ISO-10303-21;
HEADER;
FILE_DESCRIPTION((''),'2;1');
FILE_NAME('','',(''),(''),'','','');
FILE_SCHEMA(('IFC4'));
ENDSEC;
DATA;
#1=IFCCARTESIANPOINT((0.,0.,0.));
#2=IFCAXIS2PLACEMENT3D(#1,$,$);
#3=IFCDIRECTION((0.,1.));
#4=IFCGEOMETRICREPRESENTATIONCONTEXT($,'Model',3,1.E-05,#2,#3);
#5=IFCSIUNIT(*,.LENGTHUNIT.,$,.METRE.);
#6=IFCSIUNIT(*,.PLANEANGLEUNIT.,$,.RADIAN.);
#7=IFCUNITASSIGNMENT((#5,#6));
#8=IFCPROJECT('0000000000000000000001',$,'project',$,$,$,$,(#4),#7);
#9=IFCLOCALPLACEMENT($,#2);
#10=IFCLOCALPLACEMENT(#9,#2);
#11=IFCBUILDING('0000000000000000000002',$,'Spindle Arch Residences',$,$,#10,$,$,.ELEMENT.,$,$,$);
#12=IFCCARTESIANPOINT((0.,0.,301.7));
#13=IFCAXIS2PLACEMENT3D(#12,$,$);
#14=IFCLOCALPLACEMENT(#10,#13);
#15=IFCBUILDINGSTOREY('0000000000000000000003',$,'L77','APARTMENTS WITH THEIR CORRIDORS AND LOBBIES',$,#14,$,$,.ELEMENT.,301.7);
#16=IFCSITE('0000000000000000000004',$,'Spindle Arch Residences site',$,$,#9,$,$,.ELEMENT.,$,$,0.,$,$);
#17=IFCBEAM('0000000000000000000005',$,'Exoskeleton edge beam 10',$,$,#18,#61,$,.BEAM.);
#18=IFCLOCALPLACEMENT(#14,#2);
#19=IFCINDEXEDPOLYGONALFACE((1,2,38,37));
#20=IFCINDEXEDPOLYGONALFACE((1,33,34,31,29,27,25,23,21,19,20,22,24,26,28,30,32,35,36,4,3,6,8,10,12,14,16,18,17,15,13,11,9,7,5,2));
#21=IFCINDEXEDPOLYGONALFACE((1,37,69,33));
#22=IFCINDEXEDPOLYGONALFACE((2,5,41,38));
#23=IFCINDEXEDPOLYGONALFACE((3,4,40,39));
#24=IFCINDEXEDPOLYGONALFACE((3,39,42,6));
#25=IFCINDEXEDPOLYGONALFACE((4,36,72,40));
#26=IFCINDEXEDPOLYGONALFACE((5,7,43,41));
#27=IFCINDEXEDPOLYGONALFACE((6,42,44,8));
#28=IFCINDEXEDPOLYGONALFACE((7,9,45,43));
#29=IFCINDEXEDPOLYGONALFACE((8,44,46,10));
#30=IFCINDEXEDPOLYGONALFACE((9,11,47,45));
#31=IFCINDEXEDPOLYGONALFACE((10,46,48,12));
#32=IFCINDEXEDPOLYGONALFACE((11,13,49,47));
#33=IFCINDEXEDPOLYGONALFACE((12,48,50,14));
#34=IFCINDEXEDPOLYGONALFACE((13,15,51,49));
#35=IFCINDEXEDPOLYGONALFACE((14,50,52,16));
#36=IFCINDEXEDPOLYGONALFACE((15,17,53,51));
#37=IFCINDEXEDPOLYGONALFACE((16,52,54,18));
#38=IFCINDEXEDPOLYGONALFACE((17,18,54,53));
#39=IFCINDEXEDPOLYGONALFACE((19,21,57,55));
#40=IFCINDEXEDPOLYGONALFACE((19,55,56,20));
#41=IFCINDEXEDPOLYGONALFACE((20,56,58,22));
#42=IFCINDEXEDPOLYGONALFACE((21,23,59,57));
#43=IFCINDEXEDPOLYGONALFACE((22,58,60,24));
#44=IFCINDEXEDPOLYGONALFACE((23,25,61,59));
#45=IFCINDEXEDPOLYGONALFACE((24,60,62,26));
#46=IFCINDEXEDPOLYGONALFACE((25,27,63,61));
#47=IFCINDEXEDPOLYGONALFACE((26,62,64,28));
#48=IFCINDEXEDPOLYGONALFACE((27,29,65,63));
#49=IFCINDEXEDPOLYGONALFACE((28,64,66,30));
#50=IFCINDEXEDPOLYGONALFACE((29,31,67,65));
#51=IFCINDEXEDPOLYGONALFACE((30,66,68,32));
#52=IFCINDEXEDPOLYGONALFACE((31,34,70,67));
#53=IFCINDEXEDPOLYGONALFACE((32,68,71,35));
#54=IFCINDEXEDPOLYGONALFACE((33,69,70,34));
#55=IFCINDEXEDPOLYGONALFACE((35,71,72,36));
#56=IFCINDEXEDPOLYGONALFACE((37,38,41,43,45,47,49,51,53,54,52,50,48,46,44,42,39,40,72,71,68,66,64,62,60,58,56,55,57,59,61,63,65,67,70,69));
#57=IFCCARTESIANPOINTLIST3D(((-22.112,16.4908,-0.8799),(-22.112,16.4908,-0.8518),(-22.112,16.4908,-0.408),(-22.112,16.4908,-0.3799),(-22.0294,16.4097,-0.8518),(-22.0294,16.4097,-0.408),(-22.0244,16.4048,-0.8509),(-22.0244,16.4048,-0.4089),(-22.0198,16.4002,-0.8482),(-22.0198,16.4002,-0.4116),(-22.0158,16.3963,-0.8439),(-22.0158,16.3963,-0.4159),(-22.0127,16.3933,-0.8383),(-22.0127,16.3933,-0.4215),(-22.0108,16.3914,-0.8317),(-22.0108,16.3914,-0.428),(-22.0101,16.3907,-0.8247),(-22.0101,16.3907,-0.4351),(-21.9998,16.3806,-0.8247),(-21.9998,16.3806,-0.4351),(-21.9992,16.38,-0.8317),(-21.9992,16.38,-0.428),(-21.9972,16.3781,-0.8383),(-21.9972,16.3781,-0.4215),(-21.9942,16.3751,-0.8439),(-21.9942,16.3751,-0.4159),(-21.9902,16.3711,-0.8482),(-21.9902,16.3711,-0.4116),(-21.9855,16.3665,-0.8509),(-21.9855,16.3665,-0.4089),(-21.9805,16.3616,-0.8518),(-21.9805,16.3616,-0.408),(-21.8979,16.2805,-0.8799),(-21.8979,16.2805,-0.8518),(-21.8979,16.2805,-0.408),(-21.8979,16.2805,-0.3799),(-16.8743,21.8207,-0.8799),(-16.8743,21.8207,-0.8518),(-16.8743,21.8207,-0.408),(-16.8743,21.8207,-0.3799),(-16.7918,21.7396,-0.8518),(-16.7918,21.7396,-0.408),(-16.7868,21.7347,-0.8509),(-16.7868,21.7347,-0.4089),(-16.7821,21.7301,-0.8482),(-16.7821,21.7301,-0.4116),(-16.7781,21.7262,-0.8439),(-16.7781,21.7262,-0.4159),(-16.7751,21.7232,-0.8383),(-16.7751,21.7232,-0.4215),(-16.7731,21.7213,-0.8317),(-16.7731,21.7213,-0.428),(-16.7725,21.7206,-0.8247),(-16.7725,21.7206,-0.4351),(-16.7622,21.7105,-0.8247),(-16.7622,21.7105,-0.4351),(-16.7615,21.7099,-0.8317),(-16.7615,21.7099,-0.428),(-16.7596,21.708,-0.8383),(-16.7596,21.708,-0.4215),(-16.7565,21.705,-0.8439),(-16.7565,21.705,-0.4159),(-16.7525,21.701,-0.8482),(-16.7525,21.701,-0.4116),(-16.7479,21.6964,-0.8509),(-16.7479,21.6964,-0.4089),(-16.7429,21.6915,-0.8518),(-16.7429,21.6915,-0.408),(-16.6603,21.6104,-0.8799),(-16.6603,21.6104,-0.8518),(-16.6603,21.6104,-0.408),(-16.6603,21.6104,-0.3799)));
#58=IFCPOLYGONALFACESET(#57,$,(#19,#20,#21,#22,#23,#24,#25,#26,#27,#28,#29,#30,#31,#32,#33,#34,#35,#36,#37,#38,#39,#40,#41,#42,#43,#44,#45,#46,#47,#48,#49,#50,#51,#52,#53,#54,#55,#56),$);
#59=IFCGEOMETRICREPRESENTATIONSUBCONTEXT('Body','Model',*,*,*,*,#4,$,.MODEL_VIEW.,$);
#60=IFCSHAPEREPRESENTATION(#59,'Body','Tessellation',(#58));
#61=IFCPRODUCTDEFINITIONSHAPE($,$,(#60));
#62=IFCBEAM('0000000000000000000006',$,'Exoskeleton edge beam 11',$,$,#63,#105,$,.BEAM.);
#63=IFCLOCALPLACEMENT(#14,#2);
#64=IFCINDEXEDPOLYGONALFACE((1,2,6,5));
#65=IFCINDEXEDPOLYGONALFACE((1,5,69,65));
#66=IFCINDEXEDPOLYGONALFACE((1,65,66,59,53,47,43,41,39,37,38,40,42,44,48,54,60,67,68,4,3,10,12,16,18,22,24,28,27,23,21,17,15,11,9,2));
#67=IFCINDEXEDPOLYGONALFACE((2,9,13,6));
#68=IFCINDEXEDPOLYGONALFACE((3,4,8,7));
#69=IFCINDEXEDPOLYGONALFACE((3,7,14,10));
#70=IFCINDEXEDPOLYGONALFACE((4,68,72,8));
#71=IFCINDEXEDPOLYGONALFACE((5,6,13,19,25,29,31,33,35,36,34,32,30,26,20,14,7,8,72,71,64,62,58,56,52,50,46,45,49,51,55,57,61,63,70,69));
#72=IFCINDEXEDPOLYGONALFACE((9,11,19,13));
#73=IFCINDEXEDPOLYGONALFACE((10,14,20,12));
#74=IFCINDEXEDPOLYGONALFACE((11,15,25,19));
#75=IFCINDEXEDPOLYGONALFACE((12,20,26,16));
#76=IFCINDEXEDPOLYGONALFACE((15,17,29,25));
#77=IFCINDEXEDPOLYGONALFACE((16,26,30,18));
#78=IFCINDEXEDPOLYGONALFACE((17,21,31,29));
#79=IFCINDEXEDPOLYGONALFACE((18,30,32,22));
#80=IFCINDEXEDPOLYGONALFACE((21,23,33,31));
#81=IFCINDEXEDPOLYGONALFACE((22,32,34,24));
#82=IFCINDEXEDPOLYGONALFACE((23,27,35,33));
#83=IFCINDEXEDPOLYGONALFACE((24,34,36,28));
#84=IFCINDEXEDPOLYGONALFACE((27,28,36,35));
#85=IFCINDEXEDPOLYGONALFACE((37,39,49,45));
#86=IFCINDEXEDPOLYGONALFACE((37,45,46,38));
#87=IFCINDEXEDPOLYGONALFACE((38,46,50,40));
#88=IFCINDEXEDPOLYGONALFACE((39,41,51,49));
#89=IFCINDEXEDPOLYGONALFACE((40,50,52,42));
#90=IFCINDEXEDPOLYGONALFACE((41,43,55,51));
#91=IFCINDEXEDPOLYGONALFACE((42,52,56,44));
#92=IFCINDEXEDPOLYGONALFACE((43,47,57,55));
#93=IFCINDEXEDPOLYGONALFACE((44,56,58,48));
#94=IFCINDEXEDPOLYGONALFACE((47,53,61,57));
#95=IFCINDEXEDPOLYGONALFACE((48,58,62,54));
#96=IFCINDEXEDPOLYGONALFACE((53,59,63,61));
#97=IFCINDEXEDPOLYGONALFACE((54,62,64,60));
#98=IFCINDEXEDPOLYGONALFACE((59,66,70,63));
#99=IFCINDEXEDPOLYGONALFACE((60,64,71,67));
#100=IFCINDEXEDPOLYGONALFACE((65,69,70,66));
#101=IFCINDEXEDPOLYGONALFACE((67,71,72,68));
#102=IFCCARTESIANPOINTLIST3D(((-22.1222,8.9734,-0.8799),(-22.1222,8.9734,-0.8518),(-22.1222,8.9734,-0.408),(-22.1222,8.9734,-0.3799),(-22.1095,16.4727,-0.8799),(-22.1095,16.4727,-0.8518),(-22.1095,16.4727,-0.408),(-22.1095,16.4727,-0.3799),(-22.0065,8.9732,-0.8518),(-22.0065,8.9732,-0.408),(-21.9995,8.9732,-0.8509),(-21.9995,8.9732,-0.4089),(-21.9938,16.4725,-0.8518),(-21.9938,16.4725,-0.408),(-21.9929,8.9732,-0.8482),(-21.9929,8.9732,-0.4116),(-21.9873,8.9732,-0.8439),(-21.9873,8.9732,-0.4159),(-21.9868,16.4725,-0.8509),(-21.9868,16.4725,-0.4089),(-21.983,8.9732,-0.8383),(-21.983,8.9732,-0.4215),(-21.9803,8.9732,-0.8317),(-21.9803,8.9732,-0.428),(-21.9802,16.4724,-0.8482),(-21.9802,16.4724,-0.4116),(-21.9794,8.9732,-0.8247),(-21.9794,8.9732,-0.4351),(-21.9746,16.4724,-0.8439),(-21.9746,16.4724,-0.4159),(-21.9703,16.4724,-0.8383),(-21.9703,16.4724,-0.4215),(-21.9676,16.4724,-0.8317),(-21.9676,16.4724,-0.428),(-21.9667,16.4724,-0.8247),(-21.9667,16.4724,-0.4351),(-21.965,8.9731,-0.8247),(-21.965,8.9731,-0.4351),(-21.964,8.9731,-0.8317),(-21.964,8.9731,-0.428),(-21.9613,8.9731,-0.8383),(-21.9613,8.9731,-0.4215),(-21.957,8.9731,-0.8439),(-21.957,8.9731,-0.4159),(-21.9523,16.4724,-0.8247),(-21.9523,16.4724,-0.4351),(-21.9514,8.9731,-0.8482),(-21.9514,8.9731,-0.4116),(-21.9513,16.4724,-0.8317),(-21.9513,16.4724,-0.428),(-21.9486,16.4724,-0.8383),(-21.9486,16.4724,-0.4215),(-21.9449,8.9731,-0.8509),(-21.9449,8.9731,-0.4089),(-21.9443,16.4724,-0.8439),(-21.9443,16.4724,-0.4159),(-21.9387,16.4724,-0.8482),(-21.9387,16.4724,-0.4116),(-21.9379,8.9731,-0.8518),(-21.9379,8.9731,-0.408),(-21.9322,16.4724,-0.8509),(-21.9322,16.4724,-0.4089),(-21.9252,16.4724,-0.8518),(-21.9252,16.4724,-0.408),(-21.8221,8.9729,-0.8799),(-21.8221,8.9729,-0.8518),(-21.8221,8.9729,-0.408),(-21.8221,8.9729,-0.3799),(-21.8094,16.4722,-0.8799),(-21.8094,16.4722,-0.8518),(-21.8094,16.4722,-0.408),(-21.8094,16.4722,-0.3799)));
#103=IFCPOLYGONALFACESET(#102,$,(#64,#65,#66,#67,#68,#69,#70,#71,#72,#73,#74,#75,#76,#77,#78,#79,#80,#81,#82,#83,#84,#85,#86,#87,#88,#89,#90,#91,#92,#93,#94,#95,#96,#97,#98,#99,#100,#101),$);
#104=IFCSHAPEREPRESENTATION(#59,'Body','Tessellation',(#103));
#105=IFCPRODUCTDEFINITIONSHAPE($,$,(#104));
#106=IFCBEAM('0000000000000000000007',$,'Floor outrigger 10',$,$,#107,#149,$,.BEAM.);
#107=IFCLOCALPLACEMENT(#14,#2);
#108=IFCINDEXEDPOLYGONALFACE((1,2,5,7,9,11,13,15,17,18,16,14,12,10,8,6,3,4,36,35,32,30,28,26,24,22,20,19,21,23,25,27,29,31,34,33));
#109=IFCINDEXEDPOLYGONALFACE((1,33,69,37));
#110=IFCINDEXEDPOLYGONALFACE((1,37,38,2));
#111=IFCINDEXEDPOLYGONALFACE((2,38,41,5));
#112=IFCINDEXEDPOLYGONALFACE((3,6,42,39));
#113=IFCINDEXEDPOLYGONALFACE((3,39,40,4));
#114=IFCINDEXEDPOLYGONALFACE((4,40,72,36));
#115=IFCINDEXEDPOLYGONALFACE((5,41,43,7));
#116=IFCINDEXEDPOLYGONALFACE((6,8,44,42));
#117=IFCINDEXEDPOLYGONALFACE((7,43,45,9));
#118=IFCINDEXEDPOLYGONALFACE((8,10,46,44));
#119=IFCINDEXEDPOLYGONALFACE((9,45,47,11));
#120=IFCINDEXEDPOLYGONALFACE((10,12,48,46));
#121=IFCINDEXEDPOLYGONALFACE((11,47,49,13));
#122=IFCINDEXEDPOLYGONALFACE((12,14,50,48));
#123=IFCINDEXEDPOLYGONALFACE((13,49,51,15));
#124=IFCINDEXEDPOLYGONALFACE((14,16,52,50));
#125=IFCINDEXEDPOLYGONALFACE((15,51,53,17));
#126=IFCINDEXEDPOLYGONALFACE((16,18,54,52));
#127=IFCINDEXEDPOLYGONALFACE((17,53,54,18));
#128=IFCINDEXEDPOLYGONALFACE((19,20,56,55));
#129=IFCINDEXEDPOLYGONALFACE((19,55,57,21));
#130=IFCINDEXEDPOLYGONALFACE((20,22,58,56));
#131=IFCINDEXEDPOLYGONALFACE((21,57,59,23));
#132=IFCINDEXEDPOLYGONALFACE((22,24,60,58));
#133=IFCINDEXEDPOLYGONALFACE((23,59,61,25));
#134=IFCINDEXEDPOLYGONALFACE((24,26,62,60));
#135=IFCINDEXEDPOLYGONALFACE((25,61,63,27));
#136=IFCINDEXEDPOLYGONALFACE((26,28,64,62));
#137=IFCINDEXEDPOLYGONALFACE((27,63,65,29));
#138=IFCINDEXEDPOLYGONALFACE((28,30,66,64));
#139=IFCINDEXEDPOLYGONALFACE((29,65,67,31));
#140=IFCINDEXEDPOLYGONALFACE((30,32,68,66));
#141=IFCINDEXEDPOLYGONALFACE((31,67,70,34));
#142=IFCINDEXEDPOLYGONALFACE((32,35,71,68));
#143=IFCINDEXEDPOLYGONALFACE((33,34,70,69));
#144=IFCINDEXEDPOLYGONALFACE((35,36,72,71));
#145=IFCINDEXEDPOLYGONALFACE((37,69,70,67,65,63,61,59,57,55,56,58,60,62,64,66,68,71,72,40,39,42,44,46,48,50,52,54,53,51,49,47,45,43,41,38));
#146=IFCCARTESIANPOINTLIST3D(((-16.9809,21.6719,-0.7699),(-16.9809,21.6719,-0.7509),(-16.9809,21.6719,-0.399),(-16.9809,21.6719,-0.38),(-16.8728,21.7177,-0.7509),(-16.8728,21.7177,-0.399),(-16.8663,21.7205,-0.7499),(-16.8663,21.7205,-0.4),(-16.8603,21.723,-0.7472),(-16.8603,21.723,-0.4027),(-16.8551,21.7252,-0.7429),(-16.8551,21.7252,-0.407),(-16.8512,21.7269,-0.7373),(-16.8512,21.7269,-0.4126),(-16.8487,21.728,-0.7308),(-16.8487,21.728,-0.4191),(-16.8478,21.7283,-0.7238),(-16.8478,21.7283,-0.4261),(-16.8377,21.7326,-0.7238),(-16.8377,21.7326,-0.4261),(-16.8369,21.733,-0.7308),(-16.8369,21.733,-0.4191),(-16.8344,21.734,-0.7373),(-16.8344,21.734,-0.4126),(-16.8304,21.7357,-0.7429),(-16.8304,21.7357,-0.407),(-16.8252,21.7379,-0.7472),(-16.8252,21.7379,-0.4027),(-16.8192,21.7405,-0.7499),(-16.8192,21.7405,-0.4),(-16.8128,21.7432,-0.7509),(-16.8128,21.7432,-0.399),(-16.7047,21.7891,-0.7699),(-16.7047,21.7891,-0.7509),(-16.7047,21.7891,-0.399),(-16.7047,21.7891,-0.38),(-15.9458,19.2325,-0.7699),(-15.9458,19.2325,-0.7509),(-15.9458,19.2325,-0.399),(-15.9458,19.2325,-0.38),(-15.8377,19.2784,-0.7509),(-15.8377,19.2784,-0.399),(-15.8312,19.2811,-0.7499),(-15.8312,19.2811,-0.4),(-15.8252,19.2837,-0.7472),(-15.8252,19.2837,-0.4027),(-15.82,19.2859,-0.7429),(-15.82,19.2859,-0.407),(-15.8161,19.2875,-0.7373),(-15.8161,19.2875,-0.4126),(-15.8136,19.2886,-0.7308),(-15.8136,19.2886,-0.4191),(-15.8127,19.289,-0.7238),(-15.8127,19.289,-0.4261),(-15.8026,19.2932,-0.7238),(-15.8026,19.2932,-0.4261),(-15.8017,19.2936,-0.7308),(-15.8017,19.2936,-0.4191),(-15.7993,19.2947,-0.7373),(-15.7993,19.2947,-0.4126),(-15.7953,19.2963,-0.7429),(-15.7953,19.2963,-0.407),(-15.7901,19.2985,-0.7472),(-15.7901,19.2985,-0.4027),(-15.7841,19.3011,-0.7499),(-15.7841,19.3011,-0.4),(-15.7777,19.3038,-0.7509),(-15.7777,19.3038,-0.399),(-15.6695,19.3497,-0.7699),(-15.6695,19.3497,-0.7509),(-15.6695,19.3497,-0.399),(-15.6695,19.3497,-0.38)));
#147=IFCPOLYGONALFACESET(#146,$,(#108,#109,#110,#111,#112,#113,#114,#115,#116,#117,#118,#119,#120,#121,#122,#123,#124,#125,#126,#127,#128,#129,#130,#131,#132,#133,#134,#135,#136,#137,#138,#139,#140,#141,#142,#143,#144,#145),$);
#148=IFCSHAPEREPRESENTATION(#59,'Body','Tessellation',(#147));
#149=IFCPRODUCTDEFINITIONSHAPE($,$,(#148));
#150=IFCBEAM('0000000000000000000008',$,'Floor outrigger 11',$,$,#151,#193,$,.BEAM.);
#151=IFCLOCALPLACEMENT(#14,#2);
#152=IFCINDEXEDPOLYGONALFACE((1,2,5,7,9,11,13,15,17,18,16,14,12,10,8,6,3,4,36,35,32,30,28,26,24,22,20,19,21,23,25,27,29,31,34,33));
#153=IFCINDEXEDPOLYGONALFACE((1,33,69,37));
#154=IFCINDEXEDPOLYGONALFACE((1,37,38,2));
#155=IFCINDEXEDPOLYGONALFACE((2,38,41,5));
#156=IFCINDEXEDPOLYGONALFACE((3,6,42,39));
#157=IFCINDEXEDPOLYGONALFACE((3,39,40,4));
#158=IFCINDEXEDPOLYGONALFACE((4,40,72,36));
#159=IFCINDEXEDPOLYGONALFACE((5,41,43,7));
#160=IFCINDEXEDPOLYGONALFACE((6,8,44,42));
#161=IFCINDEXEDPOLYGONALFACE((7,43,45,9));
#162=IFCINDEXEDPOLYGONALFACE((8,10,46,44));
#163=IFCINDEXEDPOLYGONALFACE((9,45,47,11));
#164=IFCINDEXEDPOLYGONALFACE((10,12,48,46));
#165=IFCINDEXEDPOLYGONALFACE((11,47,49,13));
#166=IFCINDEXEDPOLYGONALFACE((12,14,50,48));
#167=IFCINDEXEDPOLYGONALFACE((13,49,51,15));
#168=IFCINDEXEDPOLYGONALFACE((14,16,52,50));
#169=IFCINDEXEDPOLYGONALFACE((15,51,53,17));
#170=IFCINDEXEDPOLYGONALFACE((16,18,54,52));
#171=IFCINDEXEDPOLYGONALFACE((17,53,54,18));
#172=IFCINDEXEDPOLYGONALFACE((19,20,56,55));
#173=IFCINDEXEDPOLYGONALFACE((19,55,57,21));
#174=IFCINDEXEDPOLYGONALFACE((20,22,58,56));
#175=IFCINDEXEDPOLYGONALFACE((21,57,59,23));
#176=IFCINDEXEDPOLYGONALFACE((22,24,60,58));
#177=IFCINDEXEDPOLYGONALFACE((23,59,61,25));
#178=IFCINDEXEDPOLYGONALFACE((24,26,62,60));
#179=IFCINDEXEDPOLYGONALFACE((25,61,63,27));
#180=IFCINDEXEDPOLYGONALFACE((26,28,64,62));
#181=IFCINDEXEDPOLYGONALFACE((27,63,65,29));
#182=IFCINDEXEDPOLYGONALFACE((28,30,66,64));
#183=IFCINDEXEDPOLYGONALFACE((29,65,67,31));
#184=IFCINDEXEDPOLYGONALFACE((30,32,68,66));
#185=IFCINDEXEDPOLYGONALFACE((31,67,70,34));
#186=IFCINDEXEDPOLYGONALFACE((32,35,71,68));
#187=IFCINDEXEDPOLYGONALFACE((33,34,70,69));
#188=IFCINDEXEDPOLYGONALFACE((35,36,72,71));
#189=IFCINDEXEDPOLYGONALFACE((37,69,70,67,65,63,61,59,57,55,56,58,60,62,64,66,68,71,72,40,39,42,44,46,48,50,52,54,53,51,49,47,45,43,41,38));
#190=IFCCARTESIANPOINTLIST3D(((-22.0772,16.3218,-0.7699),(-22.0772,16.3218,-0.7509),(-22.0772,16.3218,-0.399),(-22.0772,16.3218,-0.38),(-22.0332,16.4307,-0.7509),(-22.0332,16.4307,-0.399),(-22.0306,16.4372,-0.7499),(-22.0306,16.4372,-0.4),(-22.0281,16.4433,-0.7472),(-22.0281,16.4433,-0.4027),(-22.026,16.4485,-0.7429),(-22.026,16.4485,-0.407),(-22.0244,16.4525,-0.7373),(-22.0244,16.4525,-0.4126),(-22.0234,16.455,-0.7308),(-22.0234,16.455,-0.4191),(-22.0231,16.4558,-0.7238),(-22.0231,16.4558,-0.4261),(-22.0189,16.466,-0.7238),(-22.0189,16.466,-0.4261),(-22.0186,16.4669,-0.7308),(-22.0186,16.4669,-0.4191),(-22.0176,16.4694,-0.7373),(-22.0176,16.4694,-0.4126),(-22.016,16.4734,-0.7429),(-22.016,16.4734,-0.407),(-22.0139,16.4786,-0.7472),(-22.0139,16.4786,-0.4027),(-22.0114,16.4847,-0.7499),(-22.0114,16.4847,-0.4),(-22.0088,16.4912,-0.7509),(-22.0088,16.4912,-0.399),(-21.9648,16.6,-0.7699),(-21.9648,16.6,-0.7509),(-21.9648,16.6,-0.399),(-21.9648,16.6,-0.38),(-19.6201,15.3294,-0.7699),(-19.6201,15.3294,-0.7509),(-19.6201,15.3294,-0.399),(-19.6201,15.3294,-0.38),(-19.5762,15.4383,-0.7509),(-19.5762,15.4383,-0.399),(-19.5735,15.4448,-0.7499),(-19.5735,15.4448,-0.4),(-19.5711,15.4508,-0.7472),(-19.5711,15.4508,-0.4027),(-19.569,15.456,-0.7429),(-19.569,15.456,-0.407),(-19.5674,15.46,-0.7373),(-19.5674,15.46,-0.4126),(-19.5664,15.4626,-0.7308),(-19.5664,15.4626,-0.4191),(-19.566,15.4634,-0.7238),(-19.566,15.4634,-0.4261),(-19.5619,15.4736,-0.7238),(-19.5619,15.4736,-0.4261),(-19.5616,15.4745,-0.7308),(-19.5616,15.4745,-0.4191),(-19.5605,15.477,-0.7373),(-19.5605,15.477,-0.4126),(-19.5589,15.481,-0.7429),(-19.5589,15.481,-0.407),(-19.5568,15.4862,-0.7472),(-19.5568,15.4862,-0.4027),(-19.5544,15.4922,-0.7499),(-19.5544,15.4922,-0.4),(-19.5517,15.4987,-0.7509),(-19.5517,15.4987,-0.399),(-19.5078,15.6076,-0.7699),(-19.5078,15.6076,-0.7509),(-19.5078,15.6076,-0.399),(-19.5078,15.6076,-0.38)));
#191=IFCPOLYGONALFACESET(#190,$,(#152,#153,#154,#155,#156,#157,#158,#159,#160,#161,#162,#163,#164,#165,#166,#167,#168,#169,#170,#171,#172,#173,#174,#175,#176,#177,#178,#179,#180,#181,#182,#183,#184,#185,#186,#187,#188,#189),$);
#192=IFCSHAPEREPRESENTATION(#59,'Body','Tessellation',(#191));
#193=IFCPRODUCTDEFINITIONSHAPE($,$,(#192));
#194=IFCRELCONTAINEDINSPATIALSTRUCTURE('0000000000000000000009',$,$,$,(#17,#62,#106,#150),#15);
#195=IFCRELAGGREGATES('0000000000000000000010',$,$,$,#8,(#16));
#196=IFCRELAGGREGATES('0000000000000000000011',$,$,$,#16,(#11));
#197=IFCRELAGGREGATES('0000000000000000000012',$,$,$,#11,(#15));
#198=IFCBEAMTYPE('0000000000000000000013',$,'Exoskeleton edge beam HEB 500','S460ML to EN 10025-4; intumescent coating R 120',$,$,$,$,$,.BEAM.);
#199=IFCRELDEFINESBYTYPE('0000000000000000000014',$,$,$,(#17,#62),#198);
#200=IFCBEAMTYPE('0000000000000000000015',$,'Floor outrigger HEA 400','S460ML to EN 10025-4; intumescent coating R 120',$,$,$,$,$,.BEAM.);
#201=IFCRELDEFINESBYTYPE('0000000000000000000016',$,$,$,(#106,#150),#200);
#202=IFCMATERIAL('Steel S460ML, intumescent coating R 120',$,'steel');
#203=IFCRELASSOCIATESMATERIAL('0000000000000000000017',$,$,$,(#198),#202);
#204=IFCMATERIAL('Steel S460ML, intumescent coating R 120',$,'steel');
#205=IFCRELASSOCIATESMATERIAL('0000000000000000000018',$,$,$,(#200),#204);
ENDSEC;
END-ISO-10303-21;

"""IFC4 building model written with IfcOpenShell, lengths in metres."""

from ifc_helpers import new_model, si_unit, direction, frame, origin, origin_2d, place, context, subcontext, project, spatial, i_section, extrude, material, material_profile, profile_set, type_object, element, save


model = new_model("IFC4")

# Units and contexts
model_context = context("Model", 3, precision=1e-05, world=origin(), true_north=direction((0.0, 1.0)))
body_context = subcontext(model_context, "Body", "Model", "MODEL_VIEW")
ifc_project = project(units=[si_unit("LENGTHUNIT", "METRE"), si_unit("PLANEANGLEUNIT", "RADIAN")], contexts=[model_context])

# Site, building, storey
site_placement = place(None, origin())
site = spatial("IfcSite", under=ifc_project, at=site_placement, Name="Spindle Arch Residences site", CompositionType="ELEMENT", RefElevation=0.0)
building_placement = place(site_placement, origin())
building = spatial("IfcBuilding", under=site, at=building_placement, Name="Spindle Arch Residences", CompositionType="ELEMENT")
storey_placement = place(building_placement, frame((0.0, 0.0, 301.7)))
storey = spatial("IfcBuildingStorey", under=building, at=storey_placement, Name="L77", Description="APARTMENTS WITH THEIR CORRIDORS AND LOBBIES", CompositionType="ELEMENT", Elevation=301.7)

# Beams
ifc_material_1 = material(Name="Steel S460ML, intumescent coating R 120", Category="steel")
ifc_material_profile_1 = material_profile(ifc_material_1, i_section(OverallWidth=0.3, OverallDepth=0.5, WebThickness=0.0144, FlangeThickness=0.0281, FilletRadius=0.0271, at=origin_2d()), Name="HEB 500")
ifc_profile_set_1 = profile_set([ifc_material_profile_1], Name="Steel S460ML, intumescent coating R 120")
beam_type_1 = type_object("IfcBeamType", Name="Exoskeleton edge beam HEB 500", Description="S460ML to EN 10025-4; intumescent coating R 120", PredefinedType="BEAM", material=ifc_profile_set_1)
beam_1_placement = place(storey_placement, frame((-16.7673, 21.7156, -0.6299), z_axis=(-0.700905, -0.713255, 0.0), x_axis=(0.713255, -0.700905, 0.0)))
element("IfcBeam", 1, at=beam_1_placement, inside=storey, type_object=beam_type_1, Name="Exoskeleton edge beam 10", PredefinedType="BEAM", context=body_context, shape_type="SweptSolid", body=[
    extrude(i_section(OverallWidth=0.3, OverallDepth=0.5, WebThickness=0.0144, FlangeThickness=0.0281, FilletRadius=0.0271, at=origin_2d()), origin(), (0.0, 0.0, 1.0), 7.4727),
])
beam_2_placement = place(storey_placement, frame((-21.9595, 16.4724, -0.6299), z_axis=(-0.001693, -0.999999, 0.0), x_axis=(0.999999, -0.001693, 0.0)))
element("IfcBeam", 2, at=beam_2_placement, inside=storey, type_object=beam_type_1, Name="Exoskeleton edge beam 11", PredefinedType="BEAM", context=body_context, shape_type="SweptSolid", body=[
    extrude(i_section(OverallWidth=0.3, OverallDepth=0.5, WebThickness=0.0144, FlangeThickness=0.0281, FilletRadius=0.0271, at=origin_2d()), origin(), (0.0, 0.0, 1.0), 7.4993),
])
ifc_material_2 = material(Name="Steel S460ML, intumescent coating R 120", Category="steel")
ifc_material_profile_2 = material_profile(ifc_material_2, i_section(OverallWidth=0.3, OverallDepth=0.3899, WebThickness=0.011, FlangeThickness=0.019, FilletRadius=0.0271, at=origin_2d()), Name="HEA 400")
ifc_profile_set_2 = profile_set([ifc_material_profile_2], Name="Steel S460ML, intumescent coating R 120")
beam_type_2 = type_object("IfcBeamType", Name="Floor outrigger HEA 400", Description="S460ML to EN 10025-4; intumescent coating R 120", PredefinedType="BEAM", material=ifc_profile_set_2)
for number, where, z_axis, x_axis, name in (
    (3, (-16.8428, 21.7305, -0.575), (0.390626, -0.92055, 0.0), (0.92055, 0.390626, 0.0), "Floor outrigger 10"),
    (4, (-22.021, 16.4609, -0.575), (0.92722, -0.374518, 0.0), (0.374518, 0.92722, 0.0), "Floor outrigger 11"),
):
    element("IfcBeam", number, at=place(storey_placement, frame(where, z_axis=z_axis, x_axis=x_axis)), inside=storey, type_object=beam_type_2, Name=name, PredefinedType="BEAM", context=body_context, shape_type="SweptSolid", body=[
        extrude(i_section(OverallWidth=0.3, OverallDepth=0.3899, WebThickness=0.011, FlangeThickness=0.019, FilletRadius=0.0271, at=origin_2d()), origin(), (0.0, 0.0, 1.0), 2.6499),
    ])

save(model, "model.ifc")
